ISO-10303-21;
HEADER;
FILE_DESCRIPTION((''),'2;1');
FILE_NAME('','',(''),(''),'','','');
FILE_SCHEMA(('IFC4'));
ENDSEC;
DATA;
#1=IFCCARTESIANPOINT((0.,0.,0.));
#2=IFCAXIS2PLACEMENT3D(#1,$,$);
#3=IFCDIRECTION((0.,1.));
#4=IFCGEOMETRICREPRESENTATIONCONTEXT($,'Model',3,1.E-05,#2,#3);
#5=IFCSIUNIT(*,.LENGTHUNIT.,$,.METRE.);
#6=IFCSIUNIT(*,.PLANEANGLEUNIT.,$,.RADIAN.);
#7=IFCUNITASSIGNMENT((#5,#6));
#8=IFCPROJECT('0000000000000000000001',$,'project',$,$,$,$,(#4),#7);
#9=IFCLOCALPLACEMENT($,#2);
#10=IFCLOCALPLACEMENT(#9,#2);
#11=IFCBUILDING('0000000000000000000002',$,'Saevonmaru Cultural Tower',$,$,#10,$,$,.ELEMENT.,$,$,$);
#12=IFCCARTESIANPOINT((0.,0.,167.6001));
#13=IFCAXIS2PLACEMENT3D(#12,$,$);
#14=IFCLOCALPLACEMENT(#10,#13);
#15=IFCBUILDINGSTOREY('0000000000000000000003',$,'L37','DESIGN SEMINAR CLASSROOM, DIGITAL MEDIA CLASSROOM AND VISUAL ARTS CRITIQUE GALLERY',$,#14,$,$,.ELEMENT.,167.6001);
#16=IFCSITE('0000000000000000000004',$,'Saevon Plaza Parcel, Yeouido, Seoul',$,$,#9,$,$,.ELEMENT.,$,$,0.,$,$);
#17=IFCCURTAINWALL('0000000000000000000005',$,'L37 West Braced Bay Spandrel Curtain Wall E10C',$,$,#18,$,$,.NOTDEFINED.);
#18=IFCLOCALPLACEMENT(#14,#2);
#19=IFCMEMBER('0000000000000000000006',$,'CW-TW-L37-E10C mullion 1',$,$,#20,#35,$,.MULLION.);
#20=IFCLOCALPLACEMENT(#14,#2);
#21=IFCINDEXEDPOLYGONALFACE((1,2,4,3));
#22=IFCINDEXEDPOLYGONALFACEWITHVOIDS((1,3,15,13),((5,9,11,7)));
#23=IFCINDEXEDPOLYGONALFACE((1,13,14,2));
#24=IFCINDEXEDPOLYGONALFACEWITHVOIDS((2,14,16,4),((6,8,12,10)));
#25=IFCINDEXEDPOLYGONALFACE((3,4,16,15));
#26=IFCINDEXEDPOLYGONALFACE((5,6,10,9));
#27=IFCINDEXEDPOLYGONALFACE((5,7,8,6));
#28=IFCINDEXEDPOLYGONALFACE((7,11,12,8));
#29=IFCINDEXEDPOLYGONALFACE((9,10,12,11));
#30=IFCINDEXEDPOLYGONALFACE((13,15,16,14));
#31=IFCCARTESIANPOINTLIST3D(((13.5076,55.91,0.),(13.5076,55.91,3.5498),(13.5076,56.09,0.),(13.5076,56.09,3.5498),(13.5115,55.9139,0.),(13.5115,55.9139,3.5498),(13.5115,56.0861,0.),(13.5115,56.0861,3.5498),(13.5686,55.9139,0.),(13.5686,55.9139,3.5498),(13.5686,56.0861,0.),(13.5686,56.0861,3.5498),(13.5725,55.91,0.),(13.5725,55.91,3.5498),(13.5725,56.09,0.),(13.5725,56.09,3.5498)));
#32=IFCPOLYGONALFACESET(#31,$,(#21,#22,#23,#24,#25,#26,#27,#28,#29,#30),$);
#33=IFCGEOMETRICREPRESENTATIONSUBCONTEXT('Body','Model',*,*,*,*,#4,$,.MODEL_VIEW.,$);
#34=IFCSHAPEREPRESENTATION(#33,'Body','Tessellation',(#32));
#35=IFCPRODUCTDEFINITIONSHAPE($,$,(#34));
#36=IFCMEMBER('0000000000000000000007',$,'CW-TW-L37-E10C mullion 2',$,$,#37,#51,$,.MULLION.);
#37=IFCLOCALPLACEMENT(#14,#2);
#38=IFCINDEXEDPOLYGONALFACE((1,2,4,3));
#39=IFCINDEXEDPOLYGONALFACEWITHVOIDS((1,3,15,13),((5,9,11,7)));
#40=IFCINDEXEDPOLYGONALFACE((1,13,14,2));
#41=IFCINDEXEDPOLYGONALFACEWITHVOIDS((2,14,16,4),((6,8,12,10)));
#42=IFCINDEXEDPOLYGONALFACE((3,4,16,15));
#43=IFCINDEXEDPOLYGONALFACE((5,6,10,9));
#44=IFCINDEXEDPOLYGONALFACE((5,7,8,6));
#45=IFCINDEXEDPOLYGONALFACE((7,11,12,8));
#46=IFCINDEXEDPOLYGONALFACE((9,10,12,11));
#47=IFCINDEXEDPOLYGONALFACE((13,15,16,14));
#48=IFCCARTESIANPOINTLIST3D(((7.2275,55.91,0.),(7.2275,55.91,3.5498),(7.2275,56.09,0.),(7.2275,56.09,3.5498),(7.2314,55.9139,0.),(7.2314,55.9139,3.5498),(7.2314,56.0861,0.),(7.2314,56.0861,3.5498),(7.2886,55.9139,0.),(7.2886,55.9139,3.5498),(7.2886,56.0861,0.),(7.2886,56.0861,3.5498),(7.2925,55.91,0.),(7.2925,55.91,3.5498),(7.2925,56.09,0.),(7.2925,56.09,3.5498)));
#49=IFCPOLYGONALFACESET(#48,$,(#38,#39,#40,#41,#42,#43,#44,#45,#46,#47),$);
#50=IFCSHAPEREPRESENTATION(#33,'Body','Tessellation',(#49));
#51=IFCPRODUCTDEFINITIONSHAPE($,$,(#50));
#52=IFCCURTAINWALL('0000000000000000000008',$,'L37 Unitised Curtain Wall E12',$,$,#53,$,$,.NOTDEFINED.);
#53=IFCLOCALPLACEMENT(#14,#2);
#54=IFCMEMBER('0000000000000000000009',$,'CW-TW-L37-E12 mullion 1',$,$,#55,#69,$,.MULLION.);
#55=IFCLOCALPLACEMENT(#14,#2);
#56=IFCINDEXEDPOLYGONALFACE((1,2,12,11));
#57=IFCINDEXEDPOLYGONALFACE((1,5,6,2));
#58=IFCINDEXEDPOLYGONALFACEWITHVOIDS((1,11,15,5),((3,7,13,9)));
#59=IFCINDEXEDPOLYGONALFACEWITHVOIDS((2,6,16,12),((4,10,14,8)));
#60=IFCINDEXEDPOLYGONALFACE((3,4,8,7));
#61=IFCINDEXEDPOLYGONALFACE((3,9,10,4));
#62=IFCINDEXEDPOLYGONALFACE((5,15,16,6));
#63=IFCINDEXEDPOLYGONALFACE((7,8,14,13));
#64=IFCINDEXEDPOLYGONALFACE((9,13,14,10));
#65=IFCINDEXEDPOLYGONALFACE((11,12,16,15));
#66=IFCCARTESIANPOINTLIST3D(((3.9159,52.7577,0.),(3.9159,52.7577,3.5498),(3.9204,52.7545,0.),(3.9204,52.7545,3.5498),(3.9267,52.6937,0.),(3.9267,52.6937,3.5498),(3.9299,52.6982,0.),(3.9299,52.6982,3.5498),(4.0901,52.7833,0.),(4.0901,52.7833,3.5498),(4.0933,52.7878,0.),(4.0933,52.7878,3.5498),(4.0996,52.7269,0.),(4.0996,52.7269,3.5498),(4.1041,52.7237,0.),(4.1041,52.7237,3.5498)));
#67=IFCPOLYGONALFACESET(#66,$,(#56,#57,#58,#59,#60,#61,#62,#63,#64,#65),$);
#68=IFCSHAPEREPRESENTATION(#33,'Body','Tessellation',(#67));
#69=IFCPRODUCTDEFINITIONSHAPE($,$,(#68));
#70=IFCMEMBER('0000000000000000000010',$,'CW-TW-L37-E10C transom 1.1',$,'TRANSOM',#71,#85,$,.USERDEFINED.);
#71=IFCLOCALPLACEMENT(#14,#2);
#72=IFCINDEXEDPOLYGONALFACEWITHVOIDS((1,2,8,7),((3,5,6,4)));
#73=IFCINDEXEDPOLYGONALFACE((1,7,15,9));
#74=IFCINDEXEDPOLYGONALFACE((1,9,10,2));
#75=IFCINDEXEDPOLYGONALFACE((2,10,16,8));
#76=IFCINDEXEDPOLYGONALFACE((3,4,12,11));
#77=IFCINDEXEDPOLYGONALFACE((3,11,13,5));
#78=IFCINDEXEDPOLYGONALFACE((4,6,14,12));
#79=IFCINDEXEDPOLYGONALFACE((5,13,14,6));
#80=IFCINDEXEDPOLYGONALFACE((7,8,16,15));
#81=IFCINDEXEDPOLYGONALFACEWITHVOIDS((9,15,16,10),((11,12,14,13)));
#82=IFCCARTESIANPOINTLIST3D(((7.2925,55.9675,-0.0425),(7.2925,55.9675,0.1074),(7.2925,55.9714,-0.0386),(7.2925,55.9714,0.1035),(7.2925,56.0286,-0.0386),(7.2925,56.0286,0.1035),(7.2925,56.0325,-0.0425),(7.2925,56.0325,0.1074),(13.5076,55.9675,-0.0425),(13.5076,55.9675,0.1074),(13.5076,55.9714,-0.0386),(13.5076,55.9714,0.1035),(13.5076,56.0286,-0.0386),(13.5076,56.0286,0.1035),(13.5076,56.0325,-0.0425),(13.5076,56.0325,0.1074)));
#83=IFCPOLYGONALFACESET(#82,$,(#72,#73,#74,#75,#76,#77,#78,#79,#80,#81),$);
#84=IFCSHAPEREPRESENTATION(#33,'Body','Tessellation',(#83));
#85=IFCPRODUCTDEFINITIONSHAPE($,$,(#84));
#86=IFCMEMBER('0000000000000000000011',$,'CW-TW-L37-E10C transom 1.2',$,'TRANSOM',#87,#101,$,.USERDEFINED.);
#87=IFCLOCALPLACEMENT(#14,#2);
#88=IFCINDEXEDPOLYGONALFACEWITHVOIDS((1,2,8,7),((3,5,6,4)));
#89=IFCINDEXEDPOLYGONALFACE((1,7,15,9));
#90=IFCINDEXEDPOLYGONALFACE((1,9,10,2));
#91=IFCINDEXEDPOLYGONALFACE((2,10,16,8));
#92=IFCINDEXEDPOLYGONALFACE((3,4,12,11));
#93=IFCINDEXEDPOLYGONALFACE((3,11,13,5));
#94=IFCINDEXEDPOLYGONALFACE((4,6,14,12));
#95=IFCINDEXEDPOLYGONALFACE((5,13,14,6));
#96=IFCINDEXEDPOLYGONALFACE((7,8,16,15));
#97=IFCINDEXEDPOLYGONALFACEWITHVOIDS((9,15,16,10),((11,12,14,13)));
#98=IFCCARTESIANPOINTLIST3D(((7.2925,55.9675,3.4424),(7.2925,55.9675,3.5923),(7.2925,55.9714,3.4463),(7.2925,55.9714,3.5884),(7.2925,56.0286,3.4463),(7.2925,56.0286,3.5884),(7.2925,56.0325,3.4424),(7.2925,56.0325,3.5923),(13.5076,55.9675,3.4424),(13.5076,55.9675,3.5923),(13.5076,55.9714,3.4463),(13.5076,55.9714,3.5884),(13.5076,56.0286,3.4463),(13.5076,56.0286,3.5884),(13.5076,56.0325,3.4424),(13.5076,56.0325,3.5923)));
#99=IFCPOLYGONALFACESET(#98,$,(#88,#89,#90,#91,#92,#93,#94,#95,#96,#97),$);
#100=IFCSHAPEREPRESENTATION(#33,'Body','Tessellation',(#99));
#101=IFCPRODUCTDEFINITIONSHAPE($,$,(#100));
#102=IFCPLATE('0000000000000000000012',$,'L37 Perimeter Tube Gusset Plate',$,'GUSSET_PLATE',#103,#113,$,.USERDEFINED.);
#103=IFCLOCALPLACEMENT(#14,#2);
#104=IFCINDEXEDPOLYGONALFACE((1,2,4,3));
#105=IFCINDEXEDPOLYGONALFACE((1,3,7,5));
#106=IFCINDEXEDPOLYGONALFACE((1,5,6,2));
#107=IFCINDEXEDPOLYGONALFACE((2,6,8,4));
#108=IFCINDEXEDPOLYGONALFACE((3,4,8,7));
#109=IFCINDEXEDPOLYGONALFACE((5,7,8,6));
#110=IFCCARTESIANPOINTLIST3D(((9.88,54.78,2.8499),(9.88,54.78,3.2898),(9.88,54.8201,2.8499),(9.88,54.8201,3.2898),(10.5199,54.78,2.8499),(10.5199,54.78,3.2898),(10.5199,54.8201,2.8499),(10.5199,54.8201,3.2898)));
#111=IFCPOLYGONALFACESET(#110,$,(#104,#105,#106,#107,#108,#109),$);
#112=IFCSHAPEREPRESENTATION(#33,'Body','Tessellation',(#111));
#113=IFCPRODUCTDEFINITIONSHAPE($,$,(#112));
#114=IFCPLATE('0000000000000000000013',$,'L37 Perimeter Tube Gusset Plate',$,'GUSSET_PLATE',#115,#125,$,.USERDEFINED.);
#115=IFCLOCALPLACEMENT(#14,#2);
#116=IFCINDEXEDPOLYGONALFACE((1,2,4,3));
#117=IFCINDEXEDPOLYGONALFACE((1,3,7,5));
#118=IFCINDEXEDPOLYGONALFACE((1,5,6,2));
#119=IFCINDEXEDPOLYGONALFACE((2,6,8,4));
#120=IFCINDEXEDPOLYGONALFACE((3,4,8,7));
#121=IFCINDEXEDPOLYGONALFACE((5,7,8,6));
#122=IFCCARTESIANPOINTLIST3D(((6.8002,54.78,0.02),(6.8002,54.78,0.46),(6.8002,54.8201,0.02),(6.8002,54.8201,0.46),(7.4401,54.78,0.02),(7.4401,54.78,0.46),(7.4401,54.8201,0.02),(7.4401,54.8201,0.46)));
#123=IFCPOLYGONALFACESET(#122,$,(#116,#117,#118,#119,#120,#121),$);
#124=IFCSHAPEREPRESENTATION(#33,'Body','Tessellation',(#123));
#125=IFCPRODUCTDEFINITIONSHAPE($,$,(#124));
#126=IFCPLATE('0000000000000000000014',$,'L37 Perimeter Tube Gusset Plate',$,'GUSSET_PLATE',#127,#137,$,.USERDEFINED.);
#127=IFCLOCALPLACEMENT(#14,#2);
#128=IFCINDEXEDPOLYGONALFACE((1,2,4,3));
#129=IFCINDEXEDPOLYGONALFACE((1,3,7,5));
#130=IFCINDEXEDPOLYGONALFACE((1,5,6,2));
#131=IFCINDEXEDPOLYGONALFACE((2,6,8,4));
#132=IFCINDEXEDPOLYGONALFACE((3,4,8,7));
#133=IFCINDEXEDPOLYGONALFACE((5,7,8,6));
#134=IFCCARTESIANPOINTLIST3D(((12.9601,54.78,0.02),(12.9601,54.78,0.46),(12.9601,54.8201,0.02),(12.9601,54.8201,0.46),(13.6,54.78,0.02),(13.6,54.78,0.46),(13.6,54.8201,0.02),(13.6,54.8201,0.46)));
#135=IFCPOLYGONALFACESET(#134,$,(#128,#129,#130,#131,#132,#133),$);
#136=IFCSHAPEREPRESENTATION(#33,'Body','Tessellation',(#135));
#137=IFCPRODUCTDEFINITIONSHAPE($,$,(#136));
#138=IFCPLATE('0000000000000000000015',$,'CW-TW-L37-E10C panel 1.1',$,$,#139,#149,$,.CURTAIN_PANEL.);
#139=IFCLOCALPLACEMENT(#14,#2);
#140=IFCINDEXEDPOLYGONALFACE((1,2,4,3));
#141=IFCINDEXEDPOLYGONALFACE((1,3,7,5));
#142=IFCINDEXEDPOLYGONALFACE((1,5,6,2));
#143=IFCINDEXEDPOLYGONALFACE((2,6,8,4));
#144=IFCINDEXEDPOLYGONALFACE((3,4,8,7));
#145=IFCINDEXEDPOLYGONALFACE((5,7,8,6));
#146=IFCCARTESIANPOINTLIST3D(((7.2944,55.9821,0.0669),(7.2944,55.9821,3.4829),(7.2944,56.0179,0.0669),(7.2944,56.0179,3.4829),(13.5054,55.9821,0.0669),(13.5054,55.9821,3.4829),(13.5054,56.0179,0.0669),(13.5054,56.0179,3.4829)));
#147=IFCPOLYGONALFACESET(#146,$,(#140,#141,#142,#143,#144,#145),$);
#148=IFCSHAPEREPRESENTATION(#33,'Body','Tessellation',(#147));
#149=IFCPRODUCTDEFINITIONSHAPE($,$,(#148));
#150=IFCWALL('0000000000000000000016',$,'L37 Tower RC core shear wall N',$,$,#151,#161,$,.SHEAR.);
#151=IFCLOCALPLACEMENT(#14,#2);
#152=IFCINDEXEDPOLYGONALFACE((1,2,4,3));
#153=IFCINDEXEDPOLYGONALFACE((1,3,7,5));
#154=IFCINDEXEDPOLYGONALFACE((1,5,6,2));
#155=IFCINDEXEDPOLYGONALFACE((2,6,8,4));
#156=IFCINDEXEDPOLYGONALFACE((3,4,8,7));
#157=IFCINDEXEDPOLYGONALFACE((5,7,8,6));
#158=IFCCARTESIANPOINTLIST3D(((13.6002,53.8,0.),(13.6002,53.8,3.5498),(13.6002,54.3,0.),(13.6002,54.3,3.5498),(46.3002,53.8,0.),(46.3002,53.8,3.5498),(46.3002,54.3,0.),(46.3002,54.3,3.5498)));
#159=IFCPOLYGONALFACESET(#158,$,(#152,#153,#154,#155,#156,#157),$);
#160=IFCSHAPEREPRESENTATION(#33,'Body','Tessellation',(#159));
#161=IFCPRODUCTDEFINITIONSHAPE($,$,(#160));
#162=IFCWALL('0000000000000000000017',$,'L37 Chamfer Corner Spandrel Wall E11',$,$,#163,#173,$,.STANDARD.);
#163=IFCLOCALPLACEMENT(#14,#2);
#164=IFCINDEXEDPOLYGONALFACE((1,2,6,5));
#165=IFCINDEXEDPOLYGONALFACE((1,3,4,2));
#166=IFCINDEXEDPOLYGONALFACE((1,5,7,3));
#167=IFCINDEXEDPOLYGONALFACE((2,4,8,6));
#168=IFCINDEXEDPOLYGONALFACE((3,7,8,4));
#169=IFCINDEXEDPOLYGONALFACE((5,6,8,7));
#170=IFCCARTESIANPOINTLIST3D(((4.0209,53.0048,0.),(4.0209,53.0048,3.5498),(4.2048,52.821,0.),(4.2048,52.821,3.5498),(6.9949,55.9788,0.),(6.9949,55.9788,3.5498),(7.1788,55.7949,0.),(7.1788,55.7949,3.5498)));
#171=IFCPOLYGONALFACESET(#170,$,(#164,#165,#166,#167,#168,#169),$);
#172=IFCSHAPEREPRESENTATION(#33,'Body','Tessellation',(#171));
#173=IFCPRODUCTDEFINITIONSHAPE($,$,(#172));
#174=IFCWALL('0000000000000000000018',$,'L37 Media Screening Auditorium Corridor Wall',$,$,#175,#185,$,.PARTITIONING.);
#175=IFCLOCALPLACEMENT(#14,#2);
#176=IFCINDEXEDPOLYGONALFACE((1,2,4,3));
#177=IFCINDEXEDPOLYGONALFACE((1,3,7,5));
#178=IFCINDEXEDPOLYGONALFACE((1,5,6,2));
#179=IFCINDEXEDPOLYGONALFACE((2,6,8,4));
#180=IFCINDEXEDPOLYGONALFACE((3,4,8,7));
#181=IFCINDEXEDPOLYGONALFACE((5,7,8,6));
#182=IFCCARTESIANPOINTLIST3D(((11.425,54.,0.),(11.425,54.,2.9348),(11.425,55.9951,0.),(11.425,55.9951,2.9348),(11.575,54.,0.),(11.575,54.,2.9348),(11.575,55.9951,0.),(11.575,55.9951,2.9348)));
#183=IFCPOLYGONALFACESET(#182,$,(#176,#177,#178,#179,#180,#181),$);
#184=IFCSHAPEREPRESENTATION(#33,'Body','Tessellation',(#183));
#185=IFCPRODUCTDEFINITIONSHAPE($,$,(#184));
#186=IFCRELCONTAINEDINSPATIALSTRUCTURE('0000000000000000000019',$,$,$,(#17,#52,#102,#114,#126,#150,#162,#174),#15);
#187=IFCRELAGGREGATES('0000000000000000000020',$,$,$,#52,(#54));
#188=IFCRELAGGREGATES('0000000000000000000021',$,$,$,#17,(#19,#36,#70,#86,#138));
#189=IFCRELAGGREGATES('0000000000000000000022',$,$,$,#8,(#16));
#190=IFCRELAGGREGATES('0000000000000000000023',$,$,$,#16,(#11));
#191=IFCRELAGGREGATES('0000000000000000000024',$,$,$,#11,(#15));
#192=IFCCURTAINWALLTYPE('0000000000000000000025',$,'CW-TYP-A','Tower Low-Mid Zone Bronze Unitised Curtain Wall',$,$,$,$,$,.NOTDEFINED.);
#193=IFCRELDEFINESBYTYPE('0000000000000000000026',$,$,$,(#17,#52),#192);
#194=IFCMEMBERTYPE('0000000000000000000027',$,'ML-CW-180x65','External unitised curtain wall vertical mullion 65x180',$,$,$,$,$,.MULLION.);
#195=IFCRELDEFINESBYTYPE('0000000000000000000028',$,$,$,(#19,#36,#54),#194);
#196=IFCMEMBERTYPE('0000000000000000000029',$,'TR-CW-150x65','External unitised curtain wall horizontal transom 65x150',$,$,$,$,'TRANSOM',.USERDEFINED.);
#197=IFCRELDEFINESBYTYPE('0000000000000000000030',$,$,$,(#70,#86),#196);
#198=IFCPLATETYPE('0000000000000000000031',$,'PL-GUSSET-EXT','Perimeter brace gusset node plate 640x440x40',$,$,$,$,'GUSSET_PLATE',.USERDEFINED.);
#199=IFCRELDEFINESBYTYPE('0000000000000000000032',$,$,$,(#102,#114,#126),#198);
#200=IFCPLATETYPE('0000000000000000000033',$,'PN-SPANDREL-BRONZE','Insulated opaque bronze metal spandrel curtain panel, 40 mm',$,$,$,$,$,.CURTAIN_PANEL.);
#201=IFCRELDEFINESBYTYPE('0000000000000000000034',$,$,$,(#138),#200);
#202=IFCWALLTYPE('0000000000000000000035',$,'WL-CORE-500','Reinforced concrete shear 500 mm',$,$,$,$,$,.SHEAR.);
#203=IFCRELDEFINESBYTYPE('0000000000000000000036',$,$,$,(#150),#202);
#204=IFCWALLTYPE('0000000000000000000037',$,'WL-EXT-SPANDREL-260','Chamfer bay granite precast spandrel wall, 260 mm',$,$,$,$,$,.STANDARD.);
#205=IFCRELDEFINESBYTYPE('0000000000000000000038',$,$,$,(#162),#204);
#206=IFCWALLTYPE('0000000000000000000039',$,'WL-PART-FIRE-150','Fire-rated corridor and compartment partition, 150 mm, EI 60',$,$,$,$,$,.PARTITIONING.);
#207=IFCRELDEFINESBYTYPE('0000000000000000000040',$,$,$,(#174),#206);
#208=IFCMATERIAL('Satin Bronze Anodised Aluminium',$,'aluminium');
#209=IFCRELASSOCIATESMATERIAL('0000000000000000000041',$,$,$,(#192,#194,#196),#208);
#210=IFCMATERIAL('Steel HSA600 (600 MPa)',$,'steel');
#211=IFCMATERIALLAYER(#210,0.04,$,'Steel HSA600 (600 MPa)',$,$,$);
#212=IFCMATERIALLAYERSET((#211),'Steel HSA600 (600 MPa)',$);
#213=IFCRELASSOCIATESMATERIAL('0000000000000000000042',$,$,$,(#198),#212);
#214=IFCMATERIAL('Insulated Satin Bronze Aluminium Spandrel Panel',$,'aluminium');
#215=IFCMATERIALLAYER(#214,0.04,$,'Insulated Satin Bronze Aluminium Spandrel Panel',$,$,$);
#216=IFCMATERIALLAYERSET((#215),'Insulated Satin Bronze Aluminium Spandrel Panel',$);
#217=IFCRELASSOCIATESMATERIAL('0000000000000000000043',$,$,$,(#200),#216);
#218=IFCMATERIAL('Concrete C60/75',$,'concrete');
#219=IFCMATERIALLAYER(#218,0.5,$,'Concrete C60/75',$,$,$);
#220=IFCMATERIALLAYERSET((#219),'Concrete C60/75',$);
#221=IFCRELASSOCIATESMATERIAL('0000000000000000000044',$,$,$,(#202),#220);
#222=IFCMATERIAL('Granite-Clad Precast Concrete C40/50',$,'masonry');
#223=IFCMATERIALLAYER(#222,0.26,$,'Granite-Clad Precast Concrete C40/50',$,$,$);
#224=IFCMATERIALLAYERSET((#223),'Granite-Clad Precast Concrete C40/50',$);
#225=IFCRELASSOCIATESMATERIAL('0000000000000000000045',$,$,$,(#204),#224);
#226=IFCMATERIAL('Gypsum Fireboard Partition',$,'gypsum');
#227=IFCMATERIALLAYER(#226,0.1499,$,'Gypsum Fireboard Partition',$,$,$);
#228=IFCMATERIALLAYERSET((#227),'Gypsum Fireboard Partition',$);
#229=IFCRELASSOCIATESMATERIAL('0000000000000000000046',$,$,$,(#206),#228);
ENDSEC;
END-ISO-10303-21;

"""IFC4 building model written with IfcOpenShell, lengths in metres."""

from ifc_helpers import new_model, si_unit, direction, frame, frame_2d, origin, origin_2d, place, context, subcontext, project, spatial, rectangle, hollow_rectangle, extrude, material, layer, layer_set, material_profile, profile_set, type_object, element, aggregate, save


model = new_model("IFC4")

# Units and contexts
model_context = context("Model", 3, precision=1e-05, world=origin(), true_north=direction((0.0, 1.0)))
body_context = subcontext(model_context, "Body", "Model", "MODEL_VIEW")
ifc_project = project(units=[si_unit("LENGTHUNIT", "METRE"), si_unit("PLANEANGLEUNIT", "RADIAN")], contexts=[model_context])

# Site, building, storey
site_placement = place(None, origin())
site = spatial("IfcSite", under=ifc_project, at=site_placement, Name="Saevon Plaza Parcel, Yeouido, Seoul", CompositionType="ELEMENT", RefElevation=0.0)
building_placement = place(site_placement, origin())
building = spatial("IfcBuilding", under=site, at=building_placement, Name="Saevonmaru Cultural Tower", CompositionType="ELEMENT")
storey_placement = place(building_placement, frame((0.0, 0.0, 167.6001)))
storey = spatial("IfcBuildingStorey", under=building, at=storey_placement, Name="L37", Description="DESIGN SEMINAR CLASSROOM, DIGITAL MEDIA CLASSROOM AND VISUAL ARTS CRITIQUE GALLERY", CompositionType="ELEMENT", Elevation=167.6001)

# Curtain wall, members
ifc_material_1 = material(Name="Satin Bronze Anodised Aluminium", Category="aluminium")
curtain_wall_type = type_object("IfcCurtainWallType", Name="CW-TYP-A", Description="Tower Low-Mid Zone Bronze Unitised Curtain Wall", PredefinedType="NOTDEFINED", material=ifc_material_1)
curtain_wall_1_placement = place(storey_placement, origin())
curtain_wall_1 = element("IfcCurtainWall", 1, at=curtain_wall_1_placement, inside=storey, type_object=curtain_wall_type, Name="L37 West Braced Bay Spandrel Curtain Wall E10C", PredefinedType="NOTDEFINED")
ifc_material_profile_1 = material_profile(ifc_material_1, hollow_rectangle(XDim=0.0649, YDim=0.1799, WallThickness=0.0039, at=origin_2d()), Name="ALU-MULL-180x65x4")
ifc_profile_set_1 = profile_set([ifc_material_profile_1], Name="Satin Bronze Anodised Aluminium")
member_type_1 = type_object("IfcMemberType", Name="ML-CW-180x65", Description="External unitised curtain wall vertical mullion 65x180", PredefinedType="MULLION", material=ifc_profile_set_1)
member_1_placement = place(storey_placement, frame((13.54, 56.0, 0.0), z_axis=(0.0, 0.0, 1.0), x_axis=(-1.0, 0.0, 0.0)))
member_1 = element("IfcMember", 2, at=member_1_placement, type_object=member_type_1, Name="CW-TW-L37-E10C mullion 1", PredefinedType="MULLION", context=body_context, shape_type="SweptSolid", body=[
    extrude(hollow_rectangle(XDim=0.0649, YDim=0.1799, WallThickness=0.0039, at=origin_2d()), origin(), (0.0, 0.0, 1.0), 3.5498),
])
member_2_placement = place(storey_placement, frame((7.26, 56.0, 0.0), z_axis=(0.0, 0.0, 1.0), x_axis=(-1.0, 0.0, 0.0)))
member_2 = element("IfcMember", 3, at=member_2_placement, type_object=member_type_1, Name="CW-TW-L37-E10C mullion 2", PredefinedType="MULLION", context=body_context, shape_type="SweptSolid", body=[
    extrude(hollow_rectangle(XDim=0.0649, YDim=0.1799, WallThickness=0.0039, at=origin_2d()), origin(), (0.0, 0.0, 1.0), 3.5498),
])

# Curtain wall, member
curtain_wall_2_placement = place(storey_placement, origin())
curtain_wall_2 = element("IfcCurtainWall", 4, at=curtain_wall_2_placement, inside=storey, type_object=curtain_wall_type, Name="L37 Unitised Curtain Wall E12", PredefinedType="NOTDEFINED")
member_3_placement = place(storey_placement, frame((4.01, 52.7407, 0.0), z_axis=(0.0, 0.0, 1.0), x_axis=(0.166922, -0.98597, 0.0)))
member_3 = element("IfcMember", 5, at=member_3_placement, type_object=member_type_1, Name="CW-TW-L37-E12 mullion 1", PredefinedType="MULLION", context=body_context, shape_type="SweptSolid", body=[
    extrude(hollow_rectangle(XDim=0.0649, YDim=0.1799, WallThickness=0.0039, at=origin_2d()), origin(), (0.0, 0.0, 1.0), 3.5498),
])
aggregate(curtain_wall_2, [member_3])

# Members
ifc_material_profile_2 = material_profile(ifc_material_1, hollow_rectangle(XDim=0.0649, YDim=0.1499, WallThickness=0.0039, at=origin_2d()), Name="ALU-TRAN-150x65x4")
ifc_profile_set_2 = profile_set([ifc_material_profile_2], Name="Satin Bronze Anodised Aluminium")
member_type_2 = type_object("IfcMemberType", Name="TR-CW-150x65", Description="External unitised curtain wall horizontal transom 65x150", ElementType="TRANSOM", PredefinedType="USERDEFINED", material=ifc_profile_set_2)
member_4_placement = place(storey_placement, frame((13.5076, 56.0, 0.0325), z_axis=(-1.0, 0.0, 0.0), x_axis=(0.0, -1.0, 0.0)))
member_4 = element("IfcMember", 6, at=member_4_placement, type_object=member_type_2, Name="CW-TW-L37-E10C transom 1.1", ObjectType="TRANSOM", PredefinedType="USERDEFINED", context=body_context, shape_type="SweptSolid", body=[
    extrude(hollow_rectangle(XDim=0.0649, YDim=0.1499, WallThickness=0.0039, at=origin_2d()), origin(), (0.0, 0.0, 1.0), 6.2151),
])
member_5_placement = place(storey_placement, frame((13.5076, 56.0, 3.5173), z_axis=(-1.0, 0.0, 0.0), x_axis=(0.0, -1.0, 0.0)))
member_5 = element("IfcMember", 7, at=member_5_placement, type_object=member_type_2, Name="CW-TW-L37-E10C transom 1.2", ObjectType="TRANSOM", PredefinedType="USERDEFINED", context=body_context, shape_type="SweptSolid", body=[
    extrude(hollow_rectangle(XDim=0.0649, YDim=0.1499, WallThickness=0.0039, at=origin_2d()), origin(), (0.0, 0.0, 1.0), 6.2151),
])

# Plates
ifc_material_2 = material(Name="Steel HSA600 (600 MPa)", Category="steel")
ifc_layer_1 = layer(ifc_material_2, 0.04, Name="Steel HSA600 (600 MPa)")
ifc_layer_set_1 = layer_set([ifc_layer_1], Name="Steel HSA600 (600 MPa)")
plate_type_1 = type_object("IfcPlateType", Name="PL-GUSSET-EXT", Description="Perimeter brace gusset node plate 640x440x40", ElementType="GUSSET_PLATE", PredefinedType="USERDEFINED", material=ifc_layer_set_1)
for number, where, z_axis, x_axis, name in (
    (8, (10.2, 54.8, 2.8499), (0.0, 0.0, 1.0), (1.0, 0.0, 0.0), "L37 Perimeter Tube Gusset Plate"),
    (9, (7.1201, 54.8, 0.02), (0.0, 0.0, 1.0), (1.0, 0.0, 0.0), "L37 Perimeter Tube Gusset Plate"),
    (10, (13.28, 54.8, 0.02), (0.0, 0.0, 1.0), (1.0, 0.0, 0.0), "L37 Perimeter Tube Gusset Plate"),
):
    element("IfcPlate", number, at=place(storey_placement, frame(where, z_axis=z_axis, x_axis=x_axis)), inside=storey, type_object=plate_type_1, Name=name, ObjectType="GUSSET_PLATE", PredefinedType="USERDEFINED", context=body_context, shape_type="SweptSolid", body=[
        extrude(rectangle(XDim=0.6399, YDim=0.04, at=origin_2d()), origin(), (0.0, 0.0, 1.0), 0.4399),
    ])

# Plate
ifc_material_3 = material(Name="Insulated Satin Bronze Aluminium Spandrel Panel", Category="aluminium")
ifc_layer_2 = layer(ifc_material_3, 0.04, Name="Insulated Satin Bronze Aluminium Spandrel Panel")
ifc_layer_set_2 = layer_set([ifc_layer_2], Name="Insulated Satin Bronze Aluminium Spandrel Panel")
plate_type_2 = type_object("IfcPlateType", Name="PN-SPANDREL-BRONZE", Description="Insulated opaque bronze metal spandrel curtain panel, 40 mm", PredefinedType="CURTAIN_PANEL", material=ifc_layer_set_2)
plate_placement = place(storey_placement, frame((10.3999, 56.0, 0.0669), z_axis=(0.0, 0.0, 1.0), x_axis=(-1.0, 0.0, 0.0)))
plate = element("IfcPlate", 11, at=plate_placement, type_object=plate_type_2, Name="CW-TW-L37-E10C panel 1.1", PredefinedType="CURTAIN_PANEL", context=body_context, shape_type="SweptSolid", body=[
    extrude(rectangle(XDim=6.2109, YDim=0.0359, at=origin_2d()), origin(), (0.0, 0.0, 1.0), 3.416),
])
aggregate(curtain_wall_1, [member_1, member_2, member_4, member_5, plate])

# Walls
ifc_material_4 = material(Name="Concrete C60/75", Category="concrete")
ifc_layer_3 = layer(ifc_material_4, 0.5, Name="Concrete C60/75")
ifc_layer_set_3 = layer_set([ifc_layer_3], Name="Concrete C60/75")
wall_type_1 = type_object("IfcWallType", Name="WL-CORE-500", Description="Reinforced concrete shear 500 mm", PredefinedType="SHEAR", material=ifc_layer_set_3)
wall_1_placement = place(storey_placement, frame((13.6001, 54.05, 0.0), z_axis=(0.0, 0.0, 1.0), x_axis=(1.0, 0.0, 0.0)))
element("IfcWall", 12, at=wall_1_placement, inside=storey, type_object=wall_type_1, Name="L37 Tower RC core shear wall N", PredefinedType="SHEAR", context=body_context, shape_type="SweptSolid", body=[
    extrude(rectangle(XDim=32.7, YDim=0.5, at=frame_2d((16.3501, 0.0))), origin(), (0.0, 0.0, 1.0), 3.5498),
])
ifc_material_5 = material(Name="Granite-Clad Precast Concrete C40/50", Category="masonry")
ifc_layer_4 = layer(ifc_material_5, 0.26, Name="Granite-Clad Precast Concrete C40/50")
ifc_layer_set_4 = layer_set([ifc_layer_4], Name="Granite-Clad Precast Concrete C40/50")
wall_type_2 = type_object("IfcWallType", Name="WL-EXT-SPANDREL-260", Description="Chamfer bay granite precast spandrel wall, 260 mm", PredefinedType="STANDARD", material=ifc_layer_set_4)
wall_2_placement = place(storey_placement, frame((7.0869, 55.887, 0.0), z_axis=(0.0, 0.0, 1.0), x_axis=(-0.707107, -0.707107, 0.0)))
element("IfcWall", 13, at=wall_2_placement, inside=storey, type_object=wall_type_2, Name="L37 Chamfer Corner Spandrel Wall E11", PredefinedType="STANDARD", context=body_context, shape_type="SweptSolid", body=[
    extrude(rectangle(XDim=4.2058, YDim=0.26, at=frame_2d((2.103, 0.0))), origin(), (0.0, 0.0, 1.0), 3.5498),
])
ifc_material_6 = material(Name="Gypsum Fireboard Partition", Category="gypsum")
ifc_layer_5 = layer(ifc_material_6, 0.1499, Name="Gypsum Fireboard Partition")
ifc_layer_set_5 = layer_set([ifc_layer_5], Name="Gypsum Fireboard Partition")
wall_type_3 = type_object("IfcWallType", Name="WL-PART-FIRE-150", Description="Fire-rated corridor and compartment partition, 150 mm, EI 60", PredefinedType="PARTITIONING", material=ifc_layer_set_5)
wall_3_placement = place(storey_placement, frame((11.5, 54.0, 0.0), z_axis=(0.0, 0.0, 1.0), x_axis=(0.0, 1.0, 0.0)))
element("IfcWall", 14, at=wall_3_placement, inside=storey, type_object=wall_type_3, Name="L37 Media Screening Auditorium Corridor Wall", PredefinedType="PARTITIONING", context=body_context, shape_type="SweptSolid", body=[
    extrude(rectangle(XDim=1.9951, YDim=0.1499, at=frame_2d((0.9976, 0.0))), origin(), (0.0, 0.0, 1.0), 2.9348),
])

save(model, "model.ifc")
